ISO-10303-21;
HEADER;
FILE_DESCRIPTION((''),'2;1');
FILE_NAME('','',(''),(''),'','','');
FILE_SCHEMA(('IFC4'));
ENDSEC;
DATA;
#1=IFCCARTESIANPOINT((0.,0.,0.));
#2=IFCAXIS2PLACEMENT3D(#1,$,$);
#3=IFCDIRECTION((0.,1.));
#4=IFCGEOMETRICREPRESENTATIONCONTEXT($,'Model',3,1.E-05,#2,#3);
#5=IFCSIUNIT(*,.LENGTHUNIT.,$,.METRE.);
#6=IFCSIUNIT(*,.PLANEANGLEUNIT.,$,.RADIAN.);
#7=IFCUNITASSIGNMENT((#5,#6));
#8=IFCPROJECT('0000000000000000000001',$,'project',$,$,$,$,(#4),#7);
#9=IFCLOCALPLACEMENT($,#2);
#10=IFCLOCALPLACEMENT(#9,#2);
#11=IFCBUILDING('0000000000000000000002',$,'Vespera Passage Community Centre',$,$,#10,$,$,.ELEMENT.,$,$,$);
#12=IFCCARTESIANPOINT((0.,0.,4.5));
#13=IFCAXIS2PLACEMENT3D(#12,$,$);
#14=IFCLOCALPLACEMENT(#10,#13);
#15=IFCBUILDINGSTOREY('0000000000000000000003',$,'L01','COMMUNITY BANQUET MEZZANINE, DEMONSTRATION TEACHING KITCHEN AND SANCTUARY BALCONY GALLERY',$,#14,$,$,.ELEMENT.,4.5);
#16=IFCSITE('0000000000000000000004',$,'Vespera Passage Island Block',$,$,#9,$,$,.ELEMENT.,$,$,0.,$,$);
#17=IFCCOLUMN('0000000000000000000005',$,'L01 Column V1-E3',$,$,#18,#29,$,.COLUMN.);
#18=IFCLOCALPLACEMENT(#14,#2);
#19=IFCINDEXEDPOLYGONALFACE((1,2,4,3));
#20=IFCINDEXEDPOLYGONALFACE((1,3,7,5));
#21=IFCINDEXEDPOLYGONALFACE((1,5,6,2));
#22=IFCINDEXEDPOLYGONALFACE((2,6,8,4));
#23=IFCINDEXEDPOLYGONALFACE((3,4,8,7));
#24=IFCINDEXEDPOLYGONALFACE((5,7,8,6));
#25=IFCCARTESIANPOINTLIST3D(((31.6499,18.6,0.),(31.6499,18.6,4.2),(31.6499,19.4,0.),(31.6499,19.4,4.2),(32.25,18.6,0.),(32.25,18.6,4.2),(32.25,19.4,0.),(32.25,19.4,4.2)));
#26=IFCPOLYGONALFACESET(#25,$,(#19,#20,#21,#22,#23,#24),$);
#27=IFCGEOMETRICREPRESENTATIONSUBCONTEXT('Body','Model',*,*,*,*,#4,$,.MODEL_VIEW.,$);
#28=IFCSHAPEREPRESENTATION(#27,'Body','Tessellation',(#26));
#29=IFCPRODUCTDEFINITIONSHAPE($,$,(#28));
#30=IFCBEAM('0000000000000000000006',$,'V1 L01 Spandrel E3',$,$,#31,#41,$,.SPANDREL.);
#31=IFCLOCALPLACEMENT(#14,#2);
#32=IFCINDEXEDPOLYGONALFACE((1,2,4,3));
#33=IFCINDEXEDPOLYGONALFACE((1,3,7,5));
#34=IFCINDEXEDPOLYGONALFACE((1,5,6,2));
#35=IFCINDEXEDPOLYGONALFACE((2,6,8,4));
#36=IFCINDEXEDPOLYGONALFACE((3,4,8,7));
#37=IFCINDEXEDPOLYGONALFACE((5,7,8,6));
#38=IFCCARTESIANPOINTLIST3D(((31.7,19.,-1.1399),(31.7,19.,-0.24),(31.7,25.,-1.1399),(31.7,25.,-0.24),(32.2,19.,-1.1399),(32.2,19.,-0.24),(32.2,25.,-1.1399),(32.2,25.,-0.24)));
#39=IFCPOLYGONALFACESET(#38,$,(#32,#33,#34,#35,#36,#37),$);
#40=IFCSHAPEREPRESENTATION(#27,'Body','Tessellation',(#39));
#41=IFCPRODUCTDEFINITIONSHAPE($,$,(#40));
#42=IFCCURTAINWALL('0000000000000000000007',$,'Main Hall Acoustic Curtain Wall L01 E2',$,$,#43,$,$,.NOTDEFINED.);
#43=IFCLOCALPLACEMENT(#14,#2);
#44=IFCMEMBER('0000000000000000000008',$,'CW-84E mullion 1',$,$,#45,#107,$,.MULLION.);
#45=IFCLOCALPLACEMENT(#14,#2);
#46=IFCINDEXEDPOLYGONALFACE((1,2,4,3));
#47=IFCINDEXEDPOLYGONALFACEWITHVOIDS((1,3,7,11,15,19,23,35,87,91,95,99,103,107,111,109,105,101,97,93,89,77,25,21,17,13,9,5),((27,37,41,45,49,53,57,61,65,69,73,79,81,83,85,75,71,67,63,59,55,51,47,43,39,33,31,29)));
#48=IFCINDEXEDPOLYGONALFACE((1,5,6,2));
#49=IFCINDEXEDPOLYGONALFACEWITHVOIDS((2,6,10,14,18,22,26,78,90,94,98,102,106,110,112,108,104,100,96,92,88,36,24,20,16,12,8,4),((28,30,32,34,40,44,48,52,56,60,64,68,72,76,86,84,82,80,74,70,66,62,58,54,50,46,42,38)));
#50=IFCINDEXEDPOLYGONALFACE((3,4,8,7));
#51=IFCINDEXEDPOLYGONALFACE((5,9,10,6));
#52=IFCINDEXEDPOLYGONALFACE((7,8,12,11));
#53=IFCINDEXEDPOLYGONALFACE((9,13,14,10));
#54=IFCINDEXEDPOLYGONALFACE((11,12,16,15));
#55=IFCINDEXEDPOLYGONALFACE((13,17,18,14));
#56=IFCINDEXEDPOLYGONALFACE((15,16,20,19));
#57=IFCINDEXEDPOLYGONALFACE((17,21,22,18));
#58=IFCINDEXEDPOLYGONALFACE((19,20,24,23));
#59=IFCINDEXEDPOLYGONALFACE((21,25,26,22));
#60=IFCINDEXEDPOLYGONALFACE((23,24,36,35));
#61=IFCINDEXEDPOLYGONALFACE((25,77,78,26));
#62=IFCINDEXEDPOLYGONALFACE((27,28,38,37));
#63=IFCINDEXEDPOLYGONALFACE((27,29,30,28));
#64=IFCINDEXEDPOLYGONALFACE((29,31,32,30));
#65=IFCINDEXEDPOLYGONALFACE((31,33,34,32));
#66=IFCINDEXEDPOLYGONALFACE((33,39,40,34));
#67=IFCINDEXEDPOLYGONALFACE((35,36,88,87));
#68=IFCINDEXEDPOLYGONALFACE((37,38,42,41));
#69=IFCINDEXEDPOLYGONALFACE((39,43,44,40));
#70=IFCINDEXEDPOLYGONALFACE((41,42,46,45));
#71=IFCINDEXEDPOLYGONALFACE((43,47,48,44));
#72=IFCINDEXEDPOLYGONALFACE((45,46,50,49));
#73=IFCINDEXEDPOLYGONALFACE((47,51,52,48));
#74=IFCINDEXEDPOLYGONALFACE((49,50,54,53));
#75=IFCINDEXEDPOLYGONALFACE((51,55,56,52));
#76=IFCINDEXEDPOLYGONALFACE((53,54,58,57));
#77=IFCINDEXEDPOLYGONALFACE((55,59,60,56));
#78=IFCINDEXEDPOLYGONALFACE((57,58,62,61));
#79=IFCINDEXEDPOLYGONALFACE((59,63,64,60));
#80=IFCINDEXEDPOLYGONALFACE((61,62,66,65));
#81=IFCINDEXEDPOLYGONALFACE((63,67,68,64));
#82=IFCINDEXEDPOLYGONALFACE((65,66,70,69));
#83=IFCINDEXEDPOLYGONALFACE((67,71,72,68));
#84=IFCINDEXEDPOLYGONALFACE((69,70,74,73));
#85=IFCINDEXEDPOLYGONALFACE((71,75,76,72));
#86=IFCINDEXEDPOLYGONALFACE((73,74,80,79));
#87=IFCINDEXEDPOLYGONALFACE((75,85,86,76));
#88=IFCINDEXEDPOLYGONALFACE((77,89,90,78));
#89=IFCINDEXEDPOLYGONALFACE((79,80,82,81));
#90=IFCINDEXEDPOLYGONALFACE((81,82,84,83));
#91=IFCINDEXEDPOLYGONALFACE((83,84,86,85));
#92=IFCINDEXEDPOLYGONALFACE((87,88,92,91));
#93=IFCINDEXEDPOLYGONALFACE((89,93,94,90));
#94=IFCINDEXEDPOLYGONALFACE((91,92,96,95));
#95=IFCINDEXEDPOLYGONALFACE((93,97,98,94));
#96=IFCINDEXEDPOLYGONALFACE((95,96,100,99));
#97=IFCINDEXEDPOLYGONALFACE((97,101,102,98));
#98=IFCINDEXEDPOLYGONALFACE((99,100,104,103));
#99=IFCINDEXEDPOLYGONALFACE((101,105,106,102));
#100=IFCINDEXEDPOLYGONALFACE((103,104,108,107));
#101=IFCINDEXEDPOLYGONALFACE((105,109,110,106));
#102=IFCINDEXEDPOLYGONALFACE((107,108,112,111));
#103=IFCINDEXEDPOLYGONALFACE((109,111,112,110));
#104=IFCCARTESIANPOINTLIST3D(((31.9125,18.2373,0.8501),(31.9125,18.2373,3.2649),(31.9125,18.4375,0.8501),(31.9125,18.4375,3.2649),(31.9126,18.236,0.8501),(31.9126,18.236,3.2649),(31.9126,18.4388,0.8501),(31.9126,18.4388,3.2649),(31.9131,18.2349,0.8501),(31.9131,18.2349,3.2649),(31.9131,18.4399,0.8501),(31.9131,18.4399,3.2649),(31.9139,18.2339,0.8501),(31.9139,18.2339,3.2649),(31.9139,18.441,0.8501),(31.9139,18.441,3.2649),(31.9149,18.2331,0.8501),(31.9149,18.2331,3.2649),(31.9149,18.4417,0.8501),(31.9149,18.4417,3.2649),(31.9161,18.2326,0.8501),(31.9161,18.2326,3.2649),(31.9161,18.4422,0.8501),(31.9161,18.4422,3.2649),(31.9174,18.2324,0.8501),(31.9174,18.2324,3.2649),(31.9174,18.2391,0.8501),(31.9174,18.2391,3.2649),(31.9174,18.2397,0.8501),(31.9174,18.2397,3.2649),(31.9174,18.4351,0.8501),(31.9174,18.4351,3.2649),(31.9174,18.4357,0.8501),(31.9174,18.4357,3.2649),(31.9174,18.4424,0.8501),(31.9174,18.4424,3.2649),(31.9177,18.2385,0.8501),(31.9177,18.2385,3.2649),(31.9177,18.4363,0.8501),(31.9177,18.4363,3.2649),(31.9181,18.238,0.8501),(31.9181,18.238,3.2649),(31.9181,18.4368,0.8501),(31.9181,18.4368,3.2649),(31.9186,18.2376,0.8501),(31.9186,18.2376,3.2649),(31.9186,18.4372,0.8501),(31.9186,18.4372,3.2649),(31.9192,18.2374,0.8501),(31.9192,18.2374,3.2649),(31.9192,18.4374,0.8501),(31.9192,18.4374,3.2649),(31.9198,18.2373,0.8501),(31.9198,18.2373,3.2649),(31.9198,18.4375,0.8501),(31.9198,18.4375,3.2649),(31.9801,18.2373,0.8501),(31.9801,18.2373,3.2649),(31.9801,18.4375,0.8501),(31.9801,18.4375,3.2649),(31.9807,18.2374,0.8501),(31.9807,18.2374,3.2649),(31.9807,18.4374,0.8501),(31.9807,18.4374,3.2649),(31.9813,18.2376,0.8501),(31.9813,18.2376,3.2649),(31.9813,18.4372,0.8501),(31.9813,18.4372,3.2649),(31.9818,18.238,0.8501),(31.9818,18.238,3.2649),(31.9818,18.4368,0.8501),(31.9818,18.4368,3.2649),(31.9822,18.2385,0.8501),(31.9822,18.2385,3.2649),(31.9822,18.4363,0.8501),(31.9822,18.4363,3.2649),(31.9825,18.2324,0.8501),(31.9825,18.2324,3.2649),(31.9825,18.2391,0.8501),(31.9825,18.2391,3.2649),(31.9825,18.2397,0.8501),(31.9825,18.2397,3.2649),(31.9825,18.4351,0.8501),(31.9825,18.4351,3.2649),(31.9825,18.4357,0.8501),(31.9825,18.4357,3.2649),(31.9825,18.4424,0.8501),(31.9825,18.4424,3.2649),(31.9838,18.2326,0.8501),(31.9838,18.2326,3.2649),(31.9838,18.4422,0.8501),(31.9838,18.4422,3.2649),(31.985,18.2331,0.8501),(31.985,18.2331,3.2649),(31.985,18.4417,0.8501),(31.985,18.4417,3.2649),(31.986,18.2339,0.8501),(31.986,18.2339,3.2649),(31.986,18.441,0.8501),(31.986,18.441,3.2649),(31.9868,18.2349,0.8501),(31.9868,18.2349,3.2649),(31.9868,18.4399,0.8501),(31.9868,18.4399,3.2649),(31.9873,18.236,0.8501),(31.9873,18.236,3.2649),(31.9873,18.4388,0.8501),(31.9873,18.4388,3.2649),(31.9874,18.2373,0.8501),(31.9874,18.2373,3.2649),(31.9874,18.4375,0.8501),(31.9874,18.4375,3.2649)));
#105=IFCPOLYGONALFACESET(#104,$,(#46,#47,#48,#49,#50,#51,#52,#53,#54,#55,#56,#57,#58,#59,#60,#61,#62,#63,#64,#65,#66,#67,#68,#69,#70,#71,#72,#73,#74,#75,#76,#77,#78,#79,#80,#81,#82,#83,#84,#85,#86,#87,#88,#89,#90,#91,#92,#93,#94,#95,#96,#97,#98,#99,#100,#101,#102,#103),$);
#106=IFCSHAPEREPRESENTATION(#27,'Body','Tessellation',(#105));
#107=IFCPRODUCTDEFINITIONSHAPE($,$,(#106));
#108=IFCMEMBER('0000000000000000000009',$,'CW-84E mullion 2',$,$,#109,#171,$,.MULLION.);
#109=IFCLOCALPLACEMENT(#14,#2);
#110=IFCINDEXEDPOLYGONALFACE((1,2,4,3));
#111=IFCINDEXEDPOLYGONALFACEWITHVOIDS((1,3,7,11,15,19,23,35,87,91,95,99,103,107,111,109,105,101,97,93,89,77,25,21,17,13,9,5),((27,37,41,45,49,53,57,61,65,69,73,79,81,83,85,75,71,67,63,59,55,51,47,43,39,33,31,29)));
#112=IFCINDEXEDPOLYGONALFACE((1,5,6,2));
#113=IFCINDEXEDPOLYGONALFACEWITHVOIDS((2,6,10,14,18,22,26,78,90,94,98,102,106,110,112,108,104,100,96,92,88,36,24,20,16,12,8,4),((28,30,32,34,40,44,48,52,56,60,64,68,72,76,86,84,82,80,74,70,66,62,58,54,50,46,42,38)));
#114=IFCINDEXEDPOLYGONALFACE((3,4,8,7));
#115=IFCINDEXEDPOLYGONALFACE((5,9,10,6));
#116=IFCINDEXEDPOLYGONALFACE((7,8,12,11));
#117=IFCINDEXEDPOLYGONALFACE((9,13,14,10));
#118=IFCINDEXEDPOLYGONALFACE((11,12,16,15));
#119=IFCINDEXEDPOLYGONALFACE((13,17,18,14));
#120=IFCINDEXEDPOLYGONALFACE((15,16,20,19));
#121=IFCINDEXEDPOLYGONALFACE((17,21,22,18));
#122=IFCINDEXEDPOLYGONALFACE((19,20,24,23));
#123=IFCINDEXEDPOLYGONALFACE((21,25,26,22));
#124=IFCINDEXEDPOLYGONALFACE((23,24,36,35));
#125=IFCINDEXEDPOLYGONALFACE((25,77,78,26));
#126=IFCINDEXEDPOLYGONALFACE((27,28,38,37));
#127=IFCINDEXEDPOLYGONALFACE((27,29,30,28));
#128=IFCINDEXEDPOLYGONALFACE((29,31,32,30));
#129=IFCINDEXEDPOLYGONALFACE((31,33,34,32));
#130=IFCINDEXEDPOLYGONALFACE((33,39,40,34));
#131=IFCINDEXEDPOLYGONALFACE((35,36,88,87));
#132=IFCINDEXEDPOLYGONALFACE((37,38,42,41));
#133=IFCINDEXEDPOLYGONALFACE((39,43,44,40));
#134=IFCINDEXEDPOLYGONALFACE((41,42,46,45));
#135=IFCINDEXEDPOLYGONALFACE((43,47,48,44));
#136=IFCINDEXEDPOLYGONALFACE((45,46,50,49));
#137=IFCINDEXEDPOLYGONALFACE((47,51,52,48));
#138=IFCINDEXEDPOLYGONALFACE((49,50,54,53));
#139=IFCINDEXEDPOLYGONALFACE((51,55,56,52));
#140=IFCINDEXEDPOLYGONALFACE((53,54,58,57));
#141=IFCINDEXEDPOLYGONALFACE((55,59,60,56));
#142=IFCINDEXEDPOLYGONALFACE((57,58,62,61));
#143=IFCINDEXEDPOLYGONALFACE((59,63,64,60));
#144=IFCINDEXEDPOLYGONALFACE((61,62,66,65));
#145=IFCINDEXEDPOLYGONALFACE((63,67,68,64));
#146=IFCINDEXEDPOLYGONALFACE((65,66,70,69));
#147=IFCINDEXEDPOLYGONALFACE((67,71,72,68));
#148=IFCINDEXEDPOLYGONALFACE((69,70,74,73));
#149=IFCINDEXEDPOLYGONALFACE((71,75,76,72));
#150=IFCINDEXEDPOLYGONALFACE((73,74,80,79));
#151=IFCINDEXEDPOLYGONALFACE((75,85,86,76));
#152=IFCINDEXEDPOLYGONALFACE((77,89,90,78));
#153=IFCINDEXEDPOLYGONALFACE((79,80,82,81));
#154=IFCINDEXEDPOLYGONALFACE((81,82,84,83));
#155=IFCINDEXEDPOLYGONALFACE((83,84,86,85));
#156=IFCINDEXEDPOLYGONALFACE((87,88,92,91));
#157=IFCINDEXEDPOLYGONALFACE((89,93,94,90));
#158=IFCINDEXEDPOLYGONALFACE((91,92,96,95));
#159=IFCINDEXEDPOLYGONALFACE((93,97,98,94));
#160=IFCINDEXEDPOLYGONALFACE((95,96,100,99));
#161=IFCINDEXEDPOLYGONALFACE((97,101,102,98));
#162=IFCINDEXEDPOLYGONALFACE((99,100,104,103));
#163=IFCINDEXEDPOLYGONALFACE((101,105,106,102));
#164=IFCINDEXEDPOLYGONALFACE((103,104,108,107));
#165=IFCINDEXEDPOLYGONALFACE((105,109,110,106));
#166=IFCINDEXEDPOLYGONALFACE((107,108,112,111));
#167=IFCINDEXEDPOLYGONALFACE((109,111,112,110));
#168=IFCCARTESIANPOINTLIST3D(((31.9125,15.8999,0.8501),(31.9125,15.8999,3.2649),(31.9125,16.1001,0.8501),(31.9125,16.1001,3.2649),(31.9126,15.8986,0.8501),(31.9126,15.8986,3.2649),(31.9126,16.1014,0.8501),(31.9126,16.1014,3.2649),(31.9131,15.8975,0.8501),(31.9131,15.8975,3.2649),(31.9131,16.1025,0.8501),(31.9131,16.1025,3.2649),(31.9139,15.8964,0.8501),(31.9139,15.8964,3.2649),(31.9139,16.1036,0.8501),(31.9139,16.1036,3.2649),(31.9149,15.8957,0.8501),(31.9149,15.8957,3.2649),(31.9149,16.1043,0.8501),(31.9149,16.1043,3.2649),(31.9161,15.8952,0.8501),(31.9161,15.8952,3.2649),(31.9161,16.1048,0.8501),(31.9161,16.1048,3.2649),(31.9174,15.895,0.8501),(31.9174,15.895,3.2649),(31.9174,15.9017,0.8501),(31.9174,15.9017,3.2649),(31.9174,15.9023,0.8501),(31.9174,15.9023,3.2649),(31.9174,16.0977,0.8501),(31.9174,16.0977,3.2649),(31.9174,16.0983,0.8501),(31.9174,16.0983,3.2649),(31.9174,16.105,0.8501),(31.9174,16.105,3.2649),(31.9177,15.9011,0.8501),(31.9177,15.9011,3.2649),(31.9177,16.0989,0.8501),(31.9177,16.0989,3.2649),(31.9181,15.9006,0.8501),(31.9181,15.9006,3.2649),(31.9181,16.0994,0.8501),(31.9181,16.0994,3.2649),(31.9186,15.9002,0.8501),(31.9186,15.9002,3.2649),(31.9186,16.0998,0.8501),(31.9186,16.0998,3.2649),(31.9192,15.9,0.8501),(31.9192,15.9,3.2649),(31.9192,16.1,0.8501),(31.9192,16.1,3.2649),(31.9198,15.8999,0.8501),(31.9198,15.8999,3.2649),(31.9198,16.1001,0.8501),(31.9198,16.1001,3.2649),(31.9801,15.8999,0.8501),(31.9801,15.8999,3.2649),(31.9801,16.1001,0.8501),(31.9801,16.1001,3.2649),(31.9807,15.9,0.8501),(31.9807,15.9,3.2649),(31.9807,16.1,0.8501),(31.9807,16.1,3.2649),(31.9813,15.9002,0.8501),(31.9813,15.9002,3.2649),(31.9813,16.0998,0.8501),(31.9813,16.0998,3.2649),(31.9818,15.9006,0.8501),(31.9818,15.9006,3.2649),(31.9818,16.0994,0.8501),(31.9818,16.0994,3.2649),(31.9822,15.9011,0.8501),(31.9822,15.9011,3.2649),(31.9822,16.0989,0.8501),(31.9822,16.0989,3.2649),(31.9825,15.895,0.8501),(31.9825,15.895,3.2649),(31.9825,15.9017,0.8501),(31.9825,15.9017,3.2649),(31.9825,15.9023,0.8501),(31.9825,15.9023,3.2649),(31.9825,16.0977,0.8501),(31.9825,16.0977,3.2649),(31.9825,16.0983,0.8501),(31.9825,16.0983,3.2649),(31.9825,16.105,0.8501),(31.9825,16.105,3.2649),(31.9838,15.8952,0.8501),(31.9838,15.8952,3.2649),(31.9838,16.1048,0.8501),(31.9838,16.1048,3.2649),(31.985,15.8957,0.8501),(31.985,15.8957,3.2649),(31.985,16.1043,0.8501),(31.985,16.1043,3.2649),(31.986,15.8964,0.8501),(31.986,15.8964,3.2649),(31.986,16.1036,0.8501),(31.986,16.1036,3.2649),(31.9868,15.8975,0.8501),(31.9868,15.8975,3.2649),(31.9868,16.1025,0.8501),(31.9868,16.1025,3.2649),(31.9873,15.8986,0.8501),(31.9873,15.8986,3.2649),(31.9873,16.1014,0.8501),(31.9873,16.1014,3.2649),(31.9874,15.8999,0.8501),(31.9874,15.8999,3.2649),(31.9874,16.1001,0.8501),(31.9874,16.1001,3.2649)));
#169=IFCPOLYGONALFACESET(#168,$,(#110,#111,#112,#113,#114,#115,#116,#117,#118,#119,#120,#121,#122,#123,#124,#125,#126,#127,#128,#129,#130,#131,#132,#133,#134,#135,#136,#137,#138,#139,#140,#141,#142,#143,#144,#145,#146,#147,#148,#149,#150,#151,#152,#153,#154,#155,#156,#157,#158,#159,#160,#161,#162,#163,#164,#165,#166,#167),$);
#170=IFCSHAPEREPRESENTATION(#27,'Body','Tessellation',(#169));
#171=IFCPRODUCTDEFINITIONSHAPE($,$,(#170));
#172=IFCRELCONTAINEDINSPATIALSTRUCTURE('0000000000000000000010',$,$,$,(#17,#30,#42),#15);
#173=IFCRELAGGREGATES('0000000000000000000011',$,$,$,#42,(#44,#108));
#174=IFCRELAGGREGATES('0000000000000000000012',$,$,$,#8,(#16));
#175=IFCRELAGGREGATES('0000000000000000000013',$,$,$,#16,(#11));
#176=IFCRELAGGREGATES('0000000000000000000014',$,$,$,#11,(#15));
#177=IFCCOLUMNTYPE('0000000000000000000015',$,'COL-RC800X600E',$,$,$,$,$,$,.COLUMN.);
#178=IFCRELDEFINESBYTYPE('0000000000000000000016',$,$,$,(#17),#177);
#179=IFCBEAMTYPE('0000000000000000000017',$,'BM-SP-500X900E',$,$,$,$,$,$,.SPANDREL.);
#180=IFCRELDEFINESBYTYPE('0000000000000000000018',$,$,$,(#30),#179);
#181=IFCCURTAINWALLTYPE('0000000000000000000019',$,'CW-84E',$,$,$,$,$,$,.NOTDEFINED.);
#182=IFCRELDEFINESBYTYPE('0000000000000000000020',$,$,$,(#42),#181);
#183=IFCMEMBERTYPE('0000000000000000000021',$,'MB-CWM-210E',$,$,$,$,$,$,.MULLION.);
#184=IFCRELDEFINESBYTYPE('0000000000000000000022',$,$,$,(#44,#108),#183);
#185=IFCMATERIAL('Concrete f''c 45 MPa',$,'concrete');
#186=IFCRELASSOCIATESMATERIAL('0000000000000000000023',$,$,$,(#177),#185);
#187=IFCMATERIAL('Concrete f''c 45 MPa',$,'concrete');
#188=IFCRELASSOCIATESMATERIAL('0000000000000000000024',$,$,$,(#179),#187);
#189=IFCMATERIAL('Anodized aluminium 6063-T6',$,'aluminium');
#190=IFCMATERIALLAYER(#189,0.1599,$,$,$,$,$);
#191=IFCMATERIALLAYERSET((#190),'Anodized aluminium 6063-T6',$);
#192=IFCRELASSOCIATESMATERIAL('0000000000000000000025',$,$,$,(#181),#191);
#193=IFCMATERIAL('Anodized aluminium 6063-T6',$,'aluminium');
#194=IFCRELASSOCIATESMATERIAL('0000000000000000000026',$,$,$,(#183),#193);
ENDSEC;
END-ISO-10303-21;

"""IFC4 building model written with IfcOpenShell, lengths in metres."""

from ifc_helpers import new_model, si_unit, direction, frame, origin, origin_2d, place, context, subcontext, project, spatial, rectangle, hollow_rectangle, extrude, material, layer, layer_set, material_profile, profile_set, type_object, element, aggregate, save


model = new_model("IFC4")

# Units and contexts
model_context = context("Model", 3, precision=1e-05, world=origin(), true_north=direction((0.0, 1.0)))
body_context = subcontext(model_context, "Body", "Model", "MODEL_VIEW")
ifc_project = project(units=[si_unit("LENGTHUNIT", "METRE"), si_unit("PLANEANGLEUNIT", "RADIAN")], contexts=[model_context])

# Site, building, storey
site_placement = place(None, origin())
site = spatial("IfcSite", under=ifc_project, at=site_placement, Name="Vespera Passage Island Block", CompositionType="ELEMENT", RefElevation=0.0)
building_placement = place(site_placement, origin())
building = spatial("IfcBuilding", under=site, at=building_placement, Name="Vespera Passage Community Centre", CompositionType="ELEMENT")
storey_placement = place(building_placement, frame((0.0, 0.0, 4.5)))
storey = spatial("IfcBuildingStorey", under=building, at=storey_placement, Name="L01", Description="COMMUNITY BANQUET MEZZANINE, DEMONSTRATION TEACHING KITCHEN AND SANCTUARY BALCONY GALLERY", CompositionType="ELEMENT", Elevation=4.5)

# Column
ifc_material_1 = material(Name="Concrete f'c 45 MPa", Category="concrete")
ifc_material_profile_1 = material_profile(ifc_material_1, rectangle(XDim=0.6001, YDim=0.8, at=origin_2d()), Name="RC800X600")
ifc_profile_set_1 = profile_set([ifc_material_profile_1], Name="Concrete f'c 45 MPa")
column_type = type_object("IfcColumnType", Name="COL-RC800X600E", PredefinedType="COLUMN", material=ifc_profile_set_1)
column_placement = place(storey_placement, frame((31.95, 19.0, 0.0), z_axis=(0.0, 0.0, 1.0), x_axis=(1.0, 0.0, 0.0)))
element("IfcColumn", 1, at=column_placement, inside=storey, type_object=column_type, Name="L01 Column V1-E3", PredefinedType="COLUMN", context=body_context, shape_type="SweptSolid", body=[
    extrude(rectangle(XDim=0.6001, YDim=0.8, at=origin_2d()), origin(), (0.0, 0.0, 1.0), 4.2),
])

# Beam
ifc_material_2 = material(Name="Concrete f'c 45 MPa", Category="concrete")
ifc_material_profile_2 = material_profile(ifc_material_2, rectangle(XDim=0.5, YDim=0.8999, at=origin_2d()), Name="RC500X900")
ifc_profile_set_2 = profile_set([ifc_material_profile_2], Name="Concrete f'c 45 MPa")
beam_type = type_object("IfcBeamType", Name="BM-SP-500X900E", PredefinedType="SPANDREL", material=ifc_profile_set_2)
beam_placement = place(storey_placement, frame((31.95, 19.0, -0.6899), z_axis=(0.0, 1.0, 0.0), x_axis=(-1.0, 0.0, 0.0)))
element("IfcBeam", 2, at=beam_placement, inside=storey, type_object=beam_type, Name="V1 L01 Spandrel E3", PredefinedType="SPANDREL", context=body_context, shape_type="SweptSolid", body=[
    extrude(rectangle(XDim=0.5, YDim=0.8999, at=origin_2d()), origin(), (0.0, 0.0, 1.0), 6.0),
])

# Curtain wall, members
ifc_material_3 = material(Name="Anodized aluminium 6063-T6", Category="aluminium")
ifc_layer_1 = layer(ifc_material_3, 0.1599)
ifc_layer_set_1 = layer_set([ifc_layer_1], Name="Anodized aluminium 6063-T6")
curtain_wall_type = type_object("IfcCurtainWallType", Name="CW-84E", PredefinedType="NOTDEFINED", material=ifc_layer_set_1)
curtain_wall_1_placement = place(storey_placement, origin())
curtain_wall_1 = element("IfcCurtainWall", 3, at=curtain_wall_1_placement, inside=storey, type_object=curtain_wall_type, Name="Main Hall Acoustic Curtain Wall L01 E2", PredefinedType="NOTDEFINED")
ifc_material_4 = material(Name="Anodized aluminium 6063-T6", Category="aluminium")
ifc_material_profile_3 = material_profile(ifc_material_4, hollow_rectangle(XDim=0.075, YDim=0.21, WallThickness=0.0049, InnerFilletRadius=0.0024, OuterFilletRadius=0.0049, at=origin_2d()), Name="ALU210X75X5")
ifc_profile_set_3 = profile_set([ifc_material_profile_3], Name="Anodized aluminium 6063-T6")
member_type_1 = type_object("IfcMemberType", Name="MB-CWM-210E", PredefinedType="MULLION", material=ifc_profile_set_3)
member_1_placement = place(storey_placement, frame((31.95, 18.3374, 0.8501), z_axis=(0.0, 0.0, 1.0), x_axis=(1.0, 0.0, 0.0)))
member_1 = element("IfcMember", 4, at=member_1_placement, type_object=member_type_1, Name="CW-84E mullion 1", PredefinedType="MULLION", context=body_context, shape_type="SweptSolid", body=[
    extrude(hollow_rectangle(XDim=0.075, YDim=0.21, WallThickness=0.0049, InnerFilletRadius=0.0024, OuterFilletRadius=0.0049, at=origin_2d()), origin(), (0.0, 0.0, 1.0), 2.4148),
])
member_2_placement = place(storey_placement, frame((31.95, 16.0, 0.8501), z_axis=(0.0, 0.0, 1.0), x_axis=(1.0, 0.0, 0.0)))
member_2 = element("IfcMember", 5, at=member_2_placement, type_object=member_type_1, Name="CW-84E mullion 2", PredefinedType="MULLION", context=body_context, shape_type="SweptSolid", body=[
    extrude(hollow_rectangle(XDim=0.075, YDim=0.21, WallThickness=0.0049, InnerFilletRadius=0.0024, OuterFilletRadius=0.0049, at=origin_2d()), origin(), (0.0, 0.0, 1.0), 2.4148),
])

aggregate(curtain_wall_1, [member_1, member_2])

save(model, "model.ifc")
